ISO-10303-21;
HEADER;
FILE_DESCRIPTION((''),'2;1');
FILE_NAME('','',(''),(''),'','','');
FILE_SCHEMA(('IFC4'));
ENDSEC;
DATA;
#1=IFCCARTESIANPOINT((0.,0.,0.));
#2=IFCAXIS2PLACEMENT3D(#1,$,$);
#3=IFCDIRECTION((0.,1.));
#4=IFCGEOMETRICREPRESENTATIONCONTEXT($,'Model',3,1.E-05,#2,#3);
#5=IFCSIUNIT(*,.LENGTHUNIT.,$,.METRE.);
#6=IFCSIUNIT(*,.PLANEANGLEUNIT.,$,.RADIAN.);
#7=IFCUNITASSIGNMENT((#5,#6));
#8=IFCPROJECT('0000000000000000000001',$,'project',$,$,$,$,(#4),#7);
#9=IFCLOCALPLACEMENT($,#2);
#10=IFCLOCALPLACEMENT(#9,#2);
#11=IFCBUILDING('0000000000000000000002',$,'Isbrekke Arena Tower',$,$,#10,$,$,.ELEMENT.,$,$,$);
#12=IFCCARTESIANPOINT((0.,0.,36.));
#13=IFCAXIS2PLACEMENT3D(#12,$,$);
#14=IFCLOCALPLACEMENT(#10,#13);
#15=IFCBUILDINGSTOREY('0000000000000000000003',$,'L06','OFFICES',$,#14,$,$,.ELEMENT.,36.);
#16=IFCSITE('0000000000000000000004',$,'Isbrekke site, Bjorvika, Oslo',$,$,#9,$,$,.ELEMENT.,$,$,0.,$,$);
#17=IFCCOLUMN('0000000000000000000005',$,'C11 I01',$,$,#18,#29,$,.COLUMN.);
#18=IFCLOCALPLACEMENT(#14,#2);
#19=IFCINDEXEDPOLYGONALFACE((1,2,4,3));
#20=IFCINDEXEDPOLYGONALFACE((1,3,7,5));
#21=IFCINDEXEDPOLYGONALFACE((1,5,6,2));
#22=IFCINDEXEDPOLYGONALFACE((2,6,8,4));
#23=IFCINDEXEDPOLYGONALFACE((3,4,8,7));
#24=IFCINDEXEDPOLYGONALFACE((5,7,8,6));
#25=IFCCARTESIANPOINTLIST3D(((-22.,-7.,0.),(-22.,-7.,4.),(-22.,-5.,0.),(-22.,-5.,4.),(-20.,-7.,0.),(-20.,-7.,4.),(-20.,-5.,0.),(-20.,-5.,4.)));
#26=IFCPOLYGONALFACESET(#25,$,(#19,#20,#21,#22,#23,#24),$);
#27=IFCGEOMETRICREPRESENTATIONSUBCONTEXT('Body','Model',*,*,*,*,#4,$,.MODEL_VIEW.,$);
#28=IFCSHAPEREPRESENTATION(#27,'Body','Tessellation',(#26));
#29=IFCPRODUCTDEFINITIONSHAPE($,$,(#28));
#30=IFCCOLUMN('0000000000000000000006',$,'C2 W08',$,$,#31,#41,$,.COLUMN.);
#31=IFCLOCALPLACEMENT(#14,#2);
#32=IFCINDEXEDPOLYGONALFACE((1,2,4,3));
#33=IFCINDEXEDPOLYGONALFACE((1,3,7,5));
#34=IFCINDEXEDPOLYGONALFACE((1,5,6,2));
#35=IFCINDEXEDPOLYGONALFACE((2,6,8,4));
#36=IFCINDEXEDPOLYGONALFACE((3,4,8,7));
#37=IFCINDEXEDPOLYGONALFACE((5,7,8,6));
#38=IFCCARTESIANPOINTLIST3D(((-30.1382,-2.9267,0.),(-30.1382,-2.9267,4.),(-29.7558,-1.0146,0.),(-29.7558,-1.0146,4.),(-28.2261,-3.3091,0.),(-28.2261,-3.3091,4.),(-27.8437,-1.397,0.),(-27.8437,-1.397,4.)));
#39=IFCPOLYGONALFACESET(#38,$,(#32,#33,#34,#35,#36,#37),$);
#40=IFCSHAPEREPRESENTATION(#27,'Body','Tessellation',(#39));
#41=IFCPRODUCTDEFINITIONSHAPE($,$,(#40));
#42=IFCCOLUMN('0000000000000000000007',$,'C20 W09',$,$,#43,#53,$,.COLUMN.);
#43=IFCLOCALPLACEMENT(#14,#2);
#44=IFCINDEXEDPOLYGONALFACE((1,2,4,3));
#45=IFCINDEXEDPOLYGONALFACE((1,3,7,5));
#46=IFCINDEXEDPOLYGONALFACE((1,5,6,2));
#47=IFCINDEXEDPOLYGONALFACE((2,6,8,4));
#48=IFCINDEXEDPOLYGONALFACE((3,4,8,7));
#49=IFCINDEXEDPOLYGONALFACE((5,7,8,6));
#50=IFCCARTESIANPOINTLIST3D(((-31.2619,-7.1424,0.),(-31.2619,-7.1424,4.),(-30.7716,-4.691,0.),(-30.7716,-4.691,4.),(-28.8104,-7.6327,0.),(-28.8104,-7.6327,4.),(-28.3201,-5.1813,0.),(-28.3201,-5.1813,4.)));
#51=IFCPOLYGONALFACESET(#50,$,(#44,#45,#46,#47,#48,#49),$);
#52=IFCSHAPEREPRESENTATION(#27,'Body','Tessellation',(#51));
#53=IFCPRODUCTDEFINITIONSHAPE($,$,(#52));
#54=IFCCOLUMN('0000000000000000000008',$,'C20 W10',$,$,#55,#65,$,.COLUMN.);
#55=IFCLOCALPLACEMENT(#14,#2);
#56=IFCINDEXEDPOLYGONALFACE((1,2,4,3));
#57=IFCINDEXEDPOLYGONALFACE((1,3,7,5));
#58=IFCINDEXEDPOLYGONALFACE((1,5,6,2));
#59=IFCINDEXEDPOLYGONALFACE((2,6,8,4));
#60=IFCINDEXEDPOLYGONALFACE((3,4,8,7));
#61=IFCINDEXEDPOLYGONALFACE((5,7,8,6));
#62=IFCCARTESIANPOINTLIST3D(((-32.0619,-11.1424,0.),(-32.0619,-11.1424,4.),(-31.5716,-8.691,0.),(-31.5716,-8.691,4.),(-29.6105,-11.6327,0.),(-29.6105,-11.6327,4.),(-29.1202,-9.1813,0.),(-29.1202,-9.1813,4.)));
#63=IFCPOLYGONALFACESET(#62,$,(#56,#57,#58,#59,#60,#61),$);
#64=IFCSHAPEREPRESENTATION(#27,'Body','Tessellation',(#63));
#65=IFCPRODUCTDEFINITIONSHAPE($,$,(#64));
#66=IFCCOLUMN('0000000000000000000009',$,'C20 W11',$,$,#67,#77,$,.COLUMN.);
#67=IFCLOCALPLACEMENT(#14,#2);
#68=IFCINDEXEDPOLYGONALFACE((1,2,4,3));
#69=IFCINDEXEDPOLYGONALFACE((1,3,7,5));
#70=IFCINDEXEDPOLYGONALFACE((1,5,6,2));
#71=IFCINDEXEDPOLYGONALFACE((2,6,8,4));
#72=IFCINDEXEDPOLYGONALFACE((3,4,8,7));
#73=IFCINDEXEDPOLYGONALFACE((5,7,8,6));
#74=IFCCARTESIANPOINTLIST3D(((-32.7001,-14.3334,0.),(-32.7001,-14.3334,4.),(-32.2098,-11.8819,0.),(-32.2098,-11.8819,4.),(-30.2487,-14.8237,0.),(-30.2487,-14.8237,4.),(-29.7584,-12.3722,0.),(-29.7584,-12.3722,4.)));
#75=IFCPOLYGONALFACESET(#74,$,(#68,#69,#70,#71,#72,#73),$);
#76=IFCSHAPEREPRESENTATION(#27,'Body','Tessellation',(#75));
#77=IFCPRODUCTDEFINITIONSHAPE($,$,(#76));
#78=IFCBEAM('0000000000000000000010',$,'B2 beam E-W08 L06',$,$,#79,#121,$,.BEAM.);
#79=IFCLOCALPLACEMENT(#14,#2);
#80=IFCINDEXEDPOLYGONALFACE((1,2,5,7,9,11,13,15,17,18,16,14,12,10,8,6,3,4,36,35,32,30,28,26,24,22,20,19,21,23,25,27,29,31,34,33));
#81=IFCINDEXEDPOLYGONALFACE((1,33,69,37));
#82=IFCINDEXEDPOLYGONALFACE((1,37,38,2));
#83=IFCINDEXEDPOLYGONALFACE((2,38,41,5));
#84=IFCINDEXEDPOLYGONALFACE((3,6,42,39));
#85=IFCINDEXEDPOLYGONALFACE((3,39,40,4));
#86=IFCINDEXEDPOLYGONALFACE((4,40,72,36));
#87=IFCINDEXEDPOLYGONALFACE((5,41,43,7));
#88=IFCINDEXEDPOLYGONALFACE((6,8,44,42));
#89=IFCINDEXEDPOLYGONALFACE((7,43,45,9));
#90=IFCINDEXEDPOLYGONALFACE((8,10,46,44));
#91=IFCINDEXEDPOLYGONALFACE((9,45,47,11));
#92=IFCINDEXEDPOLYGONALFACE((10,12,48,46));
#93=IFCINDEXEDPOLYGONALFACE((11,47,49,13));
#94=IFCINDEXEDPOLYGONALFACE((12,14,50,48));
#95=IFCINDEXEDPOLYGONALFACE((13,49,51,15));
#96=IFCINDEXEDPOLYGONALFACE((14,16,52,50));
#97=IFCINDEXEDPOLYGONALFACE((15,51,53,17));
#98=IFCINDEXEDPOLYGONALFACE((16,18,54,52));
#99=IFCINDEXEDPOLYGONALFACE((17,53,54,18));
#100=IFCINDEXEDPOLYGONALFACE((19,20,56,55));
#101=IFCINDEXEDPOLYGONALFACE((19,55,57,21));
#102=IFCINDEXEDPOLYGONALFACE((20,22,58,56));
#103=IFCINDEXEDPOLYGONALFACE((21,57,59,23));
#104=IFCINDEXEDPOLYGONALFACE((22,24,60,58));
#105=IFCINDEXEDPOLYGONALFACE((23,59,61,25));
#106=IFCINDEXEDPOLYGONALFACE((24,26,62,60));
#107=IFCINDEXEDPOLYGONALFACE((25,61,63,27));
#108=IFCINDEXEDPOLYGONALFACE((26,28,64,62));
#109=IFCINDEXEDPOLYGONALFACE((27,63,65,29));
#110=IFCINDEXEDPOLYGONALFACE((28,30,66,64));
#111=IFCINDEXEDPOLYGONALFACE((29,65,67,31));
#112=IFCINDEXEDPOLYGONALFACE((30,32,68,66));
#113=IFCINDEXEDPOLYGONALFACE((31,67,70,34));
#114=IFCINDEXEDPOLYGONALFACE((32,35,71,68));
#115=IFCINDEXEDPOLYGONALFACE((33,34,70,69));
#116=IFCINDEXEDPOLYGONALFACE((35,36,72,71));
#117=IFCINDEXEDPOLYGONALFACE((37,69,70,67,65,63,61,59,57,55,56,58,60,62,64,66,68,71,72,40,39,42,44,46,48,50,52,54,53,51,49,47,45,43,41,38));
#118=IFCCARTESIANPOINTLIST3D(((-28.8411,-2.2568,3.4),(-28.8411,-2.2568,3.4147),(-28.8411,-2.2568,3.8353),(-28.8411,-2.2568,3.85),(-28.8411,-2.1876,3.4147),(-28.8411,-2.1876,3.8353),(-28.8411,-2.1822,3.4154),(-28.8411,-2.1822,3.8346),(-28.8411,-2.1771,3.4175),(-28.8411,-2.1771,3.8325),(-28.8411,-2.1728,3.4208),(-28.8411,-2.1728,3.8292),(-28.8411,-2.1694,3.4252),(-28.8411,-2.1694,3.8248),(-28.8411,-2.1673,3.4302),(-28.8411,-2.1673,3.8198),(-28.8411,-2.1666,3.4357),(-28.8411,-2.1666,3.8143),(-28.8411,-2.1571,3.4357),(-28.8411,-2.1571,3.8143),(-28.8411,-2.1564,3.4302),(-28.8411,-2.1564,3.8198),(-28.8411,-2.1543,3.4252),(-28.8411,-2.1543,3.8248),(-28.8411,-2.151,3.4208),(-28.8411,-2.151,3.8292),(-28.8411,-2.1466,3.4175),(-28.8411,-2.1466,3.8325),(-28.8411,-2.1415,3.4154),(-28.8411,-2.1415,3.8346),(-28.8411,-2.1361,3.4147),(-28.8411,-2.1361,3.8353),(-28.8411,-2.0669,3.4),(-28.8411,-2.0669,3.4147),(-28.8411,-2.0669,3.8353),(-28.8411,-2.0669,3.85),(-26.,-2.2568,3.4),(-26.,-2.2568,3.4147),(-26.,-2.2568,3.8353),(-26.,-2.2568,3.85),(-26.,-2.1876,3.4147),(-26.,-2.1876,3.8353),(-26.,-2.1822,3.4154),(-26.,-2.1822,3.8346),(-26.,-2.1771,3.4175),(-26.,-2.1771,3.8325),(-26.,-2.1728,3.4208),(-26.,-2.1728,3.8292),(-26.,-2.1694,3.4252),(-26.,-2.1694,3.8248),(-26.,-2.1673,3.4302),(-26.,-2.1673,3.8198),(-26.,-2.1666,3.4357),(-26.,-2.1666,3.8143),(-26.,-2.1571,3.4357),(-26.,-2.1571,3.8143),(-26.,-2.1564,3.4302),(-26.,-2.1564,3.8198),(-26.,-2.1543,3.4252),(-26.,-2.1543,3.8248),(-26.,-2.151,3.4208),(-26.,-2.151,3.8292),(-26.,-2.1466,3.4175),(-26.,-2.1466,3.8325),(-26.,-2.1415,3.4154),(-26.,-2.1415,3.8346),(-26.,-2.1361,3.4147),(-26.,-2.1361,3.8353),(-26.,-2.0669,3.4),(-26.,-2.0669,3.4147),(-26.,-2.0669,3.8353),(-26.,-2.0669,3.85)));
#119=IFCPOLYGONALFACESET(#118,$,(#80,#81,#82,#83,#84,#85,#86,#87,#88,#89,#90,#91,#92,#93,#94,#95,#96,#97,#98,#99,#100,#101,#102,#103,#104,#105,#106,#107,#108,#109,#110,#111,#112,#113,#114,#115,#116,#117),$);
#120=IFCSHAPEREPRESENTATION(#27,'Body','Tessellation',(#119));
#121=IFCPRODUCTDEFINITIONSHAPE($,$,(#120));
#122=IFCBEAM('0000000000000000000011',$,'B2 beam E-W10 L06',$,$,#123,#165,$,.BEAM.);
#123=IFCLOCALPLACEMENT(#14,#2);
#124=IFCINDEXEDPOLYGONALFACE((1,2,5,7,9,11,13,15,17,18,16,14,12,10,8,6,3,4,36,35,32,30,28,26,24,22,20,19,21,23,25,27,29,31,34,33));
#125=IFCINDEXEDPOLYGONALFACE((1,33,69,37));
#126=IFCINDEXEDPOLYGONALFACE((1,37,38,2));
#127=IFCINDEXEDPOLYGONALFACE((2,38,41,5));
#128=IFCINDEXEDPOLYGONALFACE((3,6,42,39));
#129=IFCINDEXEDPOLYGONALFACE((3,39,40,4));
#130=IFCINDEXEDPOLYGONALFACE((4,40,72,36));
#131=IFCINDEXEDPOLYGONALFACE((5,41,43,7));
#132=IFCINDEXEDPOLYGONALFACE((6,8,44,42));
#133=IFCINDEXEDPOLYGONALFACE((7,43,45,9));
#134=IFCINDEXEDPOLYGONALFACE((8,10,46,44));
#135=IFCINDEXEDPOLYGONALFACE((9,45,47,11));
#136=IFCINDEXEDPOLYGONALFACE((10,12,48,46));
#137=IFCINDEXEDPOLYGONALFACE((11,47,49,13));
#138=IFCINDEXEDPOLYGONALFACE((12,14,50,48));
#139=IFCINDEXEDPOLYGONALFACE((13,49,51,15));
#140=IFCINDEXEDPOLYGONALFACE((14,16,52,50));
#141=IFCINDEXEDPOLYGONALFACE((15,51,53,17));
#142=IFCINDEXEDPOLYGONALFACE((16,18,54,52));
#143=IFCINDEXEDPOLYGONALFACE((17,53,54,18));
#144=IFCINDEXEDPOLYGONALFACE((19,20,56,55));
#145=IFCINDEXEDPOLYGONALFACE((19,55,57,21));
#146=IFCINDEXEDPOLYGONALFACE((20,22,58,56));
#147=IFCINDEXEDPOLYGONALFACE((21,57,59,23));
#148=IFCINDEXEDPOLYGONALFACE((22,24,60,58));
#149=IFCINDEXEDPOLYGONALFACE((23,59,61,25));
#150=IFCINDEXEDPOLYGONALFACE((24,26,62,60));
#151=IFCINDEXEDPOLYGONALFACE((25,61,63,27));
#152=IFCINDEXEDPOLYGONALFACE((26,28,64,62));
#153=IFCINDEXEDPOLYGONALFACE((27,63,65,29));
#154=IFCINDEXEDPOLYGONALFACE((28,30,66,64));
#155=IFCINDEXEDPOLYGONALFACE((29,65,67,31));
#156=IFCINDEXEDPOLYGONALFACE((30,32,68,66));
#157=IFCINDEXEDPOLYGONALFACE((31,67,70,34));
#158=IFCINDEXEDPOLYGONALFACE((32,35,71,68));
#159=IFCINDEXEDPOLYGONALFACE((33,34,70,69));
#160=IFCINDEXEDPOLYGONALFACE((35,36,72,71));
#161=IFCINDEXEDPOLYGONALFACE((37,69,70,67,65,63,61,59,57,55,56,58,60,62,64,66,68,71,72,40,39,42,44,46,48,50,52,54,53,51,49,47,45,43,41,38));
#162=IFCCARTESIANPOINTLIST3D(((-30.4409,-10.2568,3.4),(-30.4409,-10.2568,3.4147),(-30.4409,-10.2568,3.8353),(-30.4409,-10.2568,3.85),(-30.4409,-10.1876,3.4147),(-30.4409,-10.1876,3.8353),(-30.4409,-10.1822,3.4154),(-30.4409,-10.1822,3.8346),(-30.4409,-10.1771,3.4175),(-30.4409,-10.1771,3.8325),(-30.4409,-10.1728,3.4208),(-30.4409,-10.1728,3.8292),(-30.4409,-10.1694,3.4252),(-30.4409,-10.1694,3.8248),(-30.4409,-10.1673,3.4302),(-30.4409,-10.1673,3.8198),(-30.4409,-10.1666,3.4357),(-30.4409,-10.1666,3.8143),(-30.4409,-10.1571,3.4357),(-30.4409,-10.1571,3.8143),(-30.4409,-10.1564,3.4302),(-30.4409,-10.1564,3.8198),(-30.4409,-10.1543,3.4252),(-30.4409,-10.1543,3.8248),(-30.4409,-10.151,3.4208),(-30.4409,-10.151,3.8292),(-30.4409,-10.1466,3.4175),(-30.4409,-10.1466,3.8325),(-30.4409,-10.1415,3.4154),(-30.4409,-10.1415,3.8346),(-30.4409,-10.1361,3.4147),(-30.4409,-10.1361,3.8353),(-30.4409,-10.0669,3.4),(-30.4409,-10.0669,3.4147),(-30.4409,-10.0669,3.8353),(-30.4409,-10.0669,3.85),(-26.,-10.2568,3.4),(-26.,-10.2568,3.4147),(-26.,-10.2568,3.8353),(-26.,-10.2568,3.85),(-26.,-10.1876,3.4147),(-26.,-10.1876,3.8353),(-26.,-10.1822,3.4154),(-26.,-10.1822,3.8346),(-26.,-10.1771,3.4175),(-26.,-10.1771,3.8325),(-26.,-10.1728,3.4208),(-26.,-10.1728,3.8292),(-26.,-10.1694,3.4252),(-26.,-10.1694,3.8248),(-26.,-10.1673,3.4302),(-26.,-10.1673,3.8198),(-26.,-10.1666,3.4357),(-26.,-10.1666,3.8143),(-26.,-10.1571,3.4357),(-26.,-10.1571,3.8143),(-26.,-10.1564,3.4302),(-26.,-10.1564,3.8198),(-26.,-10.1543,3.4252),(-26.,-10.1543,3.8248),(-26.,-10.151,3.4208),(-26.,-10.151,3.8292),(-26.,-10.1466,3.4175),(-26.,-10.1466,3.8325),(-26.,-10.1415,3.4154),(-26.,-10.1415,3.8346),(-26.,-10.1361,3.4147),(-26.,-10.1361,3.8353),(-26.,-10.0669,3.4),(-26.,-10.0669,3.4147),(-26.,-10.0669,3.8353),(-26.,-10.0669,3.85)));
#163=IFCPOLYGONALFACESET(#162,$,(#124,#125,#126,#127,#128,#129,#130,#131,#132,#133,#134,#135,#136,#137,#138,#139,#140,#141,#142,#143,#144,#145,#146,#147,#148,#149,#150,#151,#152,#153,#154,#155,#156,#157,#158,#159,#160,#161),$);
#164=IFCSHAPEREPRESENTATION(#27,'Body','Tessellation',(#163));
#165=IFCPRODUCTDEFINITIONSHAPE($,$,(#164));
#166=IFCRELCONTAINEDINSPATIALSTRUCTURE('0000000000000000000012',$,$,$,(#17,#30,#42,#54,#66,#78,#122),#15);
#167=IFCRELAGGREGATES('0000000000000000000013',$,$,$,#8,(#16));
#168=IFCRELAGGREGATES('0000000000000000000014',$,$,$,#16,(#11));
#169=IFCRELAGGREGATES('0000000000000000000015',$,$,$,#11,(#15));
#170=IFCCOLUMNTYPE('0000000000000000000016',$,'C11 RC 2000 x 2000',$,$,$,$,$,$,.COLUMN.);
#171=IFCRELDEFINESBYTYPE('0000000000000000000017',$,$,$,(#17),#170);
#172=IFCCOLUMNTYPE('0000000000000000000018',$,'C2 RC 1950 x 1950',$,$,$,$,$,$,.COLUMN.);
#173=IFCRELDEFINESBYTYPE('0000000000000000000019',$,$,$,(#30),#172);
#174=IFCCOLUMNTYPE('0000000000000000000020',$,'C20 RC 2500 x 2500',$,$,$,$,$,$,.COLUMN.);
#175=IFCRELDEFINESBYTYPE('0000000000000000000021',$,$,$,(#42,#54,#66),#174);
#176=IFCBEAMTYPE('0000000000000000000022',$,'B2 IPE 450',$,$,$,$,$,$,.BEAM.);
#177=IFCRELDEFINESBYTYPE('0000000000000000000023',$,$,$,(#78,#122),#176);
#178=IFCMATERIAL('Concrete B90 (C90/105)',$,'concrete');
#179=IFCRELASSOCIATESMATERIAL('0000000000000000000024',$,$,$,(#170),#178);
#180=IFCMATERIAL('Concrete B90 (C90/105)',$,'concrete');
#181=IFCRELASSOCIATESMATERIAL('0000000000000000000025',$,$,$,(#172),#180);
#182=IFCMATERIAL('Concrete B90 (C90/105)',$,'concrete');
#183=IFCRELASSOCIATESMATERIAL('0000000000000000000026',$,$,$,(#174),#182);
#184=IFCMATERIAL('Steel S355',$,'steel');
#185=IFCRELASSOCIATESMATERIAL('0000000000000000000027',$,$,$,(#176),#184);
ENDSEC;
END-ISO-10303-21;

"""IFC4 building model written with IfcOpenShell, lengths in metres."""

from ifc_helpers import new_model, si_unit, direction, frame, origin, origin_2d, place, context, subcontext, project, spatial, rectangle, i_section, extrude, material, material_profile, profile_set, type_object, element, save


model = new_model("IFC4")

# Units and contexts
model_context = context("Model", 3, precision=1e-05, world=origin(), true_north=direction((0.0, 1.0)))
body_context = subcontext(model_context, "Body", "Model", "MODEL_VIEW")
ifc_project = project(units=[si_unit("LENGTHUNIT", "METRE"), si_unit("PLANEANGLEUNIT", "RADIAN")], contexts=[model_context])

# Site, building, storey
site_placement = place(None, origin())
site = spatial("IfcSite", under=ifc_project, at=site_placement, Name="Isbrekke site, Bjorvika, Oslo", CompositionType="ELEMENT", RefElevation=0.0)
building_placement = place(site_placement, origin())
building = spatial("IfcBuilding", under=site, at=building_placement, Name="Isbrekke Arena Tower", CompositionType="ELEMENT")
storey_placement = place(building_placement, frame((0.0, 0.0, 36.0)))
storey = spatial("IfcBuildingStorey", under=building, at=storey_placement, Name="L06", Description="OFFICES", CompositionType="ELEMENT", Elevation=36.0)

# Columns
ifc_material_1 = material(Name="Concrete B90 (C90/105)", Category="concrete")
ifc_material_profile_1 = material_profile(ifc_material_1, rectangle(XDim=2.0, YDim=2.0, at=origin_2d()), Name="RC 2000x2000")
ifc_profile_set_1 = profile_set([ifc_material_profile_1], Name="Concrete B90 (C90/105)")
column_type_1 = type_object("IfcColumnType", Name="C11 RC 2000 x 2000", PredefinedType="COLUMN", material=ifc_profile_set_1)
column_1_placement = place(storey_placement, frame((-21.0, -6.0, 0.0), z_axis=(0.0, 0.0, 1.0), x_axis=(1.0, 0.0, 0.0)))
element("IfcColumn", 1, at=column_1_placement, inside=storey, type_object=column_type_1, Name="C11 I01", PredefinedType="COLUMN", context=body_context, shape_type="SweptSolid", body=[
    extrude(rectangle(XDim=2.0, YDim=2.0, at=origin_2d()), origin(), (0.0, 0.0, 1.0), 4.0),
])
ifc_material_2 = material(Name="Concrete B90 (C90/105)", Category="concrete")
ifc_material_profile_2 = material_profile(ifc_material_2, rectangle(XDim=1.95, YDim=1.95, at=origin_2d()), Name="RC 1950x1950")
ifc_profile_set_2 = profile_set([ifc_material_profile_2], Name="Concrete B90 (C90/105)")
column_type_2 = type_object("IfcColumnType", Name="C2 RC 1950 x 1950", PredefinedType="COLUMN", material=ifc_profile_set_2)
column_2_placement = place(storey_placement, frame((-28.991, -2.1619, 0.0), z_axis=(0.0, 0.0, 1.0), x_axis=(-0.196116, -0.980581, 0.0)))
element("IfcColumn", 2, at=column_2_placement, inside=storey, type_object=column_type_2, Name="C2 W08", PredefinedType="COLUMN", context=body_context, shape_type="SweptSolid", body=[
    extrude(rectangle(XDim=1.95, YDim=1.95, at=origin_2d()), origin(), (0.0, 0.0, 1.0), 4.0),
])
ifc_material_3 = material(Name="Concrete B90 (C90/105)", Category="concrete")
ifc_material_profile_3 = material_profile(ifc_material_3, rectangle(XDim=2.5, YDim=2.5, at=origin_2d()), Name="RC 2500x2500")
ifc_profile_set_3 = profile_set([ifc_material_profile_3], Name="Concrete B90 (C90/105)")
column_type_3 = type_object("IfcColumnType", Name="C20 RC 2500 x 2500", PredefinedType="COLUMN", material=ifc_profile_set_3)
for number, where, z_axis, x_axis, name in (
    (3, (-29.791, -6.1619, 0.0), (0.0, 0.0, 1.0), (-0.196116, -0.980581, 0.0), "C20 W09"),
    (4, (-30.5911, -10.1619, 0.0), (0.0, 0.0, 1.0), (-0.196116, -0.980581, 0.0), "C20 W10"),
    (5, (-31.2292, -13.3528, 0.0), (0.0, 0.0, 1.0), (-0.196116, -0.980581, 0.0), "C20 W11"),
):
    element("IfcColumn", number, at=place(storey_placement, frame(where, z_axis=z_axis, x_axis=x_axis)), inside=storey, type_object=column_type_3, Name=name, PredefinedType="COLUMN", context=body_context, shape_type="SweptSolid", body=[
        extrude(rectangle(XDim=2.5, YDim=2.5, at=origin_2d()), origin(), (0.0, 0.0, 1.0), 4.0),
    ])

# Beams
ifc_material_4 = material(Name="Steel S355", Category="steel")
ifc_material_profile_4 = material_profile(ifc_material_4, i_section(OverallWidth=0.1899, OverallDepth=0.45, WebThickness=0.0095, FlangeThickness=0.0146, FilletRadius=0.021, at=origin_2d()), Name="IPE 450")
ifc_profile_set_4 = profile_set([ifc_material_profile_4], Name="Steel S355")
beam_type_1 = type_object("IfcBeamType", Name="B2 IPE 450", PredefinedType="BEAM", material=ifc_profile_set_4)
beam_1_placement = place(storey_placement, frame((-28.8411, -2.1619, 3.625), z_axis=(1.0, 0.0, 0.0), x_axis=(0.0, 1.0, 0.0)))
element("IfcBeam", 6, at=beam_1_placement, inside=storey, type_object=beam_type_1, Name="B2 beam E-W08 L06", PredefinedType="BEAM", context=body_context, shape_type="SweptSolid", body=[
    extrude(i_section(OverallWidth=0.1899, OverallDepth=0.45, WebThickness=0.0095, FlangeThickness=0.0146, FilletRadius=0.021, at=origin_2d()), origin(), (0.0, 0.0, 1.0), 2.8411),
])
beam_2_placement = place(storey_placement, frame((-30.4409, -10.1619, 3.625), z_axis=(1.0, 0.0, 0.0), x_axis=(0.0, 1.0, 0.0)))
element("IfcBeam", 7, at=beam_2_placement, inside=storey, type_object=beam_type_1, Name="B2 beam E-W10 L06", PredefinedType="BEAM", context=body_context, shape_type="SweptSolid", body=[
    extrude(i_section(OverallWidth=0.1899, OverallDepth=0.45, WebThickness=0.0095, FlangeThickness=0.0146, FilletRadius=0.021, at=origin_2d()), origin(), (0.0, 0.0, 1.0), 4.4409),
])

save(model, "model.ifc")
